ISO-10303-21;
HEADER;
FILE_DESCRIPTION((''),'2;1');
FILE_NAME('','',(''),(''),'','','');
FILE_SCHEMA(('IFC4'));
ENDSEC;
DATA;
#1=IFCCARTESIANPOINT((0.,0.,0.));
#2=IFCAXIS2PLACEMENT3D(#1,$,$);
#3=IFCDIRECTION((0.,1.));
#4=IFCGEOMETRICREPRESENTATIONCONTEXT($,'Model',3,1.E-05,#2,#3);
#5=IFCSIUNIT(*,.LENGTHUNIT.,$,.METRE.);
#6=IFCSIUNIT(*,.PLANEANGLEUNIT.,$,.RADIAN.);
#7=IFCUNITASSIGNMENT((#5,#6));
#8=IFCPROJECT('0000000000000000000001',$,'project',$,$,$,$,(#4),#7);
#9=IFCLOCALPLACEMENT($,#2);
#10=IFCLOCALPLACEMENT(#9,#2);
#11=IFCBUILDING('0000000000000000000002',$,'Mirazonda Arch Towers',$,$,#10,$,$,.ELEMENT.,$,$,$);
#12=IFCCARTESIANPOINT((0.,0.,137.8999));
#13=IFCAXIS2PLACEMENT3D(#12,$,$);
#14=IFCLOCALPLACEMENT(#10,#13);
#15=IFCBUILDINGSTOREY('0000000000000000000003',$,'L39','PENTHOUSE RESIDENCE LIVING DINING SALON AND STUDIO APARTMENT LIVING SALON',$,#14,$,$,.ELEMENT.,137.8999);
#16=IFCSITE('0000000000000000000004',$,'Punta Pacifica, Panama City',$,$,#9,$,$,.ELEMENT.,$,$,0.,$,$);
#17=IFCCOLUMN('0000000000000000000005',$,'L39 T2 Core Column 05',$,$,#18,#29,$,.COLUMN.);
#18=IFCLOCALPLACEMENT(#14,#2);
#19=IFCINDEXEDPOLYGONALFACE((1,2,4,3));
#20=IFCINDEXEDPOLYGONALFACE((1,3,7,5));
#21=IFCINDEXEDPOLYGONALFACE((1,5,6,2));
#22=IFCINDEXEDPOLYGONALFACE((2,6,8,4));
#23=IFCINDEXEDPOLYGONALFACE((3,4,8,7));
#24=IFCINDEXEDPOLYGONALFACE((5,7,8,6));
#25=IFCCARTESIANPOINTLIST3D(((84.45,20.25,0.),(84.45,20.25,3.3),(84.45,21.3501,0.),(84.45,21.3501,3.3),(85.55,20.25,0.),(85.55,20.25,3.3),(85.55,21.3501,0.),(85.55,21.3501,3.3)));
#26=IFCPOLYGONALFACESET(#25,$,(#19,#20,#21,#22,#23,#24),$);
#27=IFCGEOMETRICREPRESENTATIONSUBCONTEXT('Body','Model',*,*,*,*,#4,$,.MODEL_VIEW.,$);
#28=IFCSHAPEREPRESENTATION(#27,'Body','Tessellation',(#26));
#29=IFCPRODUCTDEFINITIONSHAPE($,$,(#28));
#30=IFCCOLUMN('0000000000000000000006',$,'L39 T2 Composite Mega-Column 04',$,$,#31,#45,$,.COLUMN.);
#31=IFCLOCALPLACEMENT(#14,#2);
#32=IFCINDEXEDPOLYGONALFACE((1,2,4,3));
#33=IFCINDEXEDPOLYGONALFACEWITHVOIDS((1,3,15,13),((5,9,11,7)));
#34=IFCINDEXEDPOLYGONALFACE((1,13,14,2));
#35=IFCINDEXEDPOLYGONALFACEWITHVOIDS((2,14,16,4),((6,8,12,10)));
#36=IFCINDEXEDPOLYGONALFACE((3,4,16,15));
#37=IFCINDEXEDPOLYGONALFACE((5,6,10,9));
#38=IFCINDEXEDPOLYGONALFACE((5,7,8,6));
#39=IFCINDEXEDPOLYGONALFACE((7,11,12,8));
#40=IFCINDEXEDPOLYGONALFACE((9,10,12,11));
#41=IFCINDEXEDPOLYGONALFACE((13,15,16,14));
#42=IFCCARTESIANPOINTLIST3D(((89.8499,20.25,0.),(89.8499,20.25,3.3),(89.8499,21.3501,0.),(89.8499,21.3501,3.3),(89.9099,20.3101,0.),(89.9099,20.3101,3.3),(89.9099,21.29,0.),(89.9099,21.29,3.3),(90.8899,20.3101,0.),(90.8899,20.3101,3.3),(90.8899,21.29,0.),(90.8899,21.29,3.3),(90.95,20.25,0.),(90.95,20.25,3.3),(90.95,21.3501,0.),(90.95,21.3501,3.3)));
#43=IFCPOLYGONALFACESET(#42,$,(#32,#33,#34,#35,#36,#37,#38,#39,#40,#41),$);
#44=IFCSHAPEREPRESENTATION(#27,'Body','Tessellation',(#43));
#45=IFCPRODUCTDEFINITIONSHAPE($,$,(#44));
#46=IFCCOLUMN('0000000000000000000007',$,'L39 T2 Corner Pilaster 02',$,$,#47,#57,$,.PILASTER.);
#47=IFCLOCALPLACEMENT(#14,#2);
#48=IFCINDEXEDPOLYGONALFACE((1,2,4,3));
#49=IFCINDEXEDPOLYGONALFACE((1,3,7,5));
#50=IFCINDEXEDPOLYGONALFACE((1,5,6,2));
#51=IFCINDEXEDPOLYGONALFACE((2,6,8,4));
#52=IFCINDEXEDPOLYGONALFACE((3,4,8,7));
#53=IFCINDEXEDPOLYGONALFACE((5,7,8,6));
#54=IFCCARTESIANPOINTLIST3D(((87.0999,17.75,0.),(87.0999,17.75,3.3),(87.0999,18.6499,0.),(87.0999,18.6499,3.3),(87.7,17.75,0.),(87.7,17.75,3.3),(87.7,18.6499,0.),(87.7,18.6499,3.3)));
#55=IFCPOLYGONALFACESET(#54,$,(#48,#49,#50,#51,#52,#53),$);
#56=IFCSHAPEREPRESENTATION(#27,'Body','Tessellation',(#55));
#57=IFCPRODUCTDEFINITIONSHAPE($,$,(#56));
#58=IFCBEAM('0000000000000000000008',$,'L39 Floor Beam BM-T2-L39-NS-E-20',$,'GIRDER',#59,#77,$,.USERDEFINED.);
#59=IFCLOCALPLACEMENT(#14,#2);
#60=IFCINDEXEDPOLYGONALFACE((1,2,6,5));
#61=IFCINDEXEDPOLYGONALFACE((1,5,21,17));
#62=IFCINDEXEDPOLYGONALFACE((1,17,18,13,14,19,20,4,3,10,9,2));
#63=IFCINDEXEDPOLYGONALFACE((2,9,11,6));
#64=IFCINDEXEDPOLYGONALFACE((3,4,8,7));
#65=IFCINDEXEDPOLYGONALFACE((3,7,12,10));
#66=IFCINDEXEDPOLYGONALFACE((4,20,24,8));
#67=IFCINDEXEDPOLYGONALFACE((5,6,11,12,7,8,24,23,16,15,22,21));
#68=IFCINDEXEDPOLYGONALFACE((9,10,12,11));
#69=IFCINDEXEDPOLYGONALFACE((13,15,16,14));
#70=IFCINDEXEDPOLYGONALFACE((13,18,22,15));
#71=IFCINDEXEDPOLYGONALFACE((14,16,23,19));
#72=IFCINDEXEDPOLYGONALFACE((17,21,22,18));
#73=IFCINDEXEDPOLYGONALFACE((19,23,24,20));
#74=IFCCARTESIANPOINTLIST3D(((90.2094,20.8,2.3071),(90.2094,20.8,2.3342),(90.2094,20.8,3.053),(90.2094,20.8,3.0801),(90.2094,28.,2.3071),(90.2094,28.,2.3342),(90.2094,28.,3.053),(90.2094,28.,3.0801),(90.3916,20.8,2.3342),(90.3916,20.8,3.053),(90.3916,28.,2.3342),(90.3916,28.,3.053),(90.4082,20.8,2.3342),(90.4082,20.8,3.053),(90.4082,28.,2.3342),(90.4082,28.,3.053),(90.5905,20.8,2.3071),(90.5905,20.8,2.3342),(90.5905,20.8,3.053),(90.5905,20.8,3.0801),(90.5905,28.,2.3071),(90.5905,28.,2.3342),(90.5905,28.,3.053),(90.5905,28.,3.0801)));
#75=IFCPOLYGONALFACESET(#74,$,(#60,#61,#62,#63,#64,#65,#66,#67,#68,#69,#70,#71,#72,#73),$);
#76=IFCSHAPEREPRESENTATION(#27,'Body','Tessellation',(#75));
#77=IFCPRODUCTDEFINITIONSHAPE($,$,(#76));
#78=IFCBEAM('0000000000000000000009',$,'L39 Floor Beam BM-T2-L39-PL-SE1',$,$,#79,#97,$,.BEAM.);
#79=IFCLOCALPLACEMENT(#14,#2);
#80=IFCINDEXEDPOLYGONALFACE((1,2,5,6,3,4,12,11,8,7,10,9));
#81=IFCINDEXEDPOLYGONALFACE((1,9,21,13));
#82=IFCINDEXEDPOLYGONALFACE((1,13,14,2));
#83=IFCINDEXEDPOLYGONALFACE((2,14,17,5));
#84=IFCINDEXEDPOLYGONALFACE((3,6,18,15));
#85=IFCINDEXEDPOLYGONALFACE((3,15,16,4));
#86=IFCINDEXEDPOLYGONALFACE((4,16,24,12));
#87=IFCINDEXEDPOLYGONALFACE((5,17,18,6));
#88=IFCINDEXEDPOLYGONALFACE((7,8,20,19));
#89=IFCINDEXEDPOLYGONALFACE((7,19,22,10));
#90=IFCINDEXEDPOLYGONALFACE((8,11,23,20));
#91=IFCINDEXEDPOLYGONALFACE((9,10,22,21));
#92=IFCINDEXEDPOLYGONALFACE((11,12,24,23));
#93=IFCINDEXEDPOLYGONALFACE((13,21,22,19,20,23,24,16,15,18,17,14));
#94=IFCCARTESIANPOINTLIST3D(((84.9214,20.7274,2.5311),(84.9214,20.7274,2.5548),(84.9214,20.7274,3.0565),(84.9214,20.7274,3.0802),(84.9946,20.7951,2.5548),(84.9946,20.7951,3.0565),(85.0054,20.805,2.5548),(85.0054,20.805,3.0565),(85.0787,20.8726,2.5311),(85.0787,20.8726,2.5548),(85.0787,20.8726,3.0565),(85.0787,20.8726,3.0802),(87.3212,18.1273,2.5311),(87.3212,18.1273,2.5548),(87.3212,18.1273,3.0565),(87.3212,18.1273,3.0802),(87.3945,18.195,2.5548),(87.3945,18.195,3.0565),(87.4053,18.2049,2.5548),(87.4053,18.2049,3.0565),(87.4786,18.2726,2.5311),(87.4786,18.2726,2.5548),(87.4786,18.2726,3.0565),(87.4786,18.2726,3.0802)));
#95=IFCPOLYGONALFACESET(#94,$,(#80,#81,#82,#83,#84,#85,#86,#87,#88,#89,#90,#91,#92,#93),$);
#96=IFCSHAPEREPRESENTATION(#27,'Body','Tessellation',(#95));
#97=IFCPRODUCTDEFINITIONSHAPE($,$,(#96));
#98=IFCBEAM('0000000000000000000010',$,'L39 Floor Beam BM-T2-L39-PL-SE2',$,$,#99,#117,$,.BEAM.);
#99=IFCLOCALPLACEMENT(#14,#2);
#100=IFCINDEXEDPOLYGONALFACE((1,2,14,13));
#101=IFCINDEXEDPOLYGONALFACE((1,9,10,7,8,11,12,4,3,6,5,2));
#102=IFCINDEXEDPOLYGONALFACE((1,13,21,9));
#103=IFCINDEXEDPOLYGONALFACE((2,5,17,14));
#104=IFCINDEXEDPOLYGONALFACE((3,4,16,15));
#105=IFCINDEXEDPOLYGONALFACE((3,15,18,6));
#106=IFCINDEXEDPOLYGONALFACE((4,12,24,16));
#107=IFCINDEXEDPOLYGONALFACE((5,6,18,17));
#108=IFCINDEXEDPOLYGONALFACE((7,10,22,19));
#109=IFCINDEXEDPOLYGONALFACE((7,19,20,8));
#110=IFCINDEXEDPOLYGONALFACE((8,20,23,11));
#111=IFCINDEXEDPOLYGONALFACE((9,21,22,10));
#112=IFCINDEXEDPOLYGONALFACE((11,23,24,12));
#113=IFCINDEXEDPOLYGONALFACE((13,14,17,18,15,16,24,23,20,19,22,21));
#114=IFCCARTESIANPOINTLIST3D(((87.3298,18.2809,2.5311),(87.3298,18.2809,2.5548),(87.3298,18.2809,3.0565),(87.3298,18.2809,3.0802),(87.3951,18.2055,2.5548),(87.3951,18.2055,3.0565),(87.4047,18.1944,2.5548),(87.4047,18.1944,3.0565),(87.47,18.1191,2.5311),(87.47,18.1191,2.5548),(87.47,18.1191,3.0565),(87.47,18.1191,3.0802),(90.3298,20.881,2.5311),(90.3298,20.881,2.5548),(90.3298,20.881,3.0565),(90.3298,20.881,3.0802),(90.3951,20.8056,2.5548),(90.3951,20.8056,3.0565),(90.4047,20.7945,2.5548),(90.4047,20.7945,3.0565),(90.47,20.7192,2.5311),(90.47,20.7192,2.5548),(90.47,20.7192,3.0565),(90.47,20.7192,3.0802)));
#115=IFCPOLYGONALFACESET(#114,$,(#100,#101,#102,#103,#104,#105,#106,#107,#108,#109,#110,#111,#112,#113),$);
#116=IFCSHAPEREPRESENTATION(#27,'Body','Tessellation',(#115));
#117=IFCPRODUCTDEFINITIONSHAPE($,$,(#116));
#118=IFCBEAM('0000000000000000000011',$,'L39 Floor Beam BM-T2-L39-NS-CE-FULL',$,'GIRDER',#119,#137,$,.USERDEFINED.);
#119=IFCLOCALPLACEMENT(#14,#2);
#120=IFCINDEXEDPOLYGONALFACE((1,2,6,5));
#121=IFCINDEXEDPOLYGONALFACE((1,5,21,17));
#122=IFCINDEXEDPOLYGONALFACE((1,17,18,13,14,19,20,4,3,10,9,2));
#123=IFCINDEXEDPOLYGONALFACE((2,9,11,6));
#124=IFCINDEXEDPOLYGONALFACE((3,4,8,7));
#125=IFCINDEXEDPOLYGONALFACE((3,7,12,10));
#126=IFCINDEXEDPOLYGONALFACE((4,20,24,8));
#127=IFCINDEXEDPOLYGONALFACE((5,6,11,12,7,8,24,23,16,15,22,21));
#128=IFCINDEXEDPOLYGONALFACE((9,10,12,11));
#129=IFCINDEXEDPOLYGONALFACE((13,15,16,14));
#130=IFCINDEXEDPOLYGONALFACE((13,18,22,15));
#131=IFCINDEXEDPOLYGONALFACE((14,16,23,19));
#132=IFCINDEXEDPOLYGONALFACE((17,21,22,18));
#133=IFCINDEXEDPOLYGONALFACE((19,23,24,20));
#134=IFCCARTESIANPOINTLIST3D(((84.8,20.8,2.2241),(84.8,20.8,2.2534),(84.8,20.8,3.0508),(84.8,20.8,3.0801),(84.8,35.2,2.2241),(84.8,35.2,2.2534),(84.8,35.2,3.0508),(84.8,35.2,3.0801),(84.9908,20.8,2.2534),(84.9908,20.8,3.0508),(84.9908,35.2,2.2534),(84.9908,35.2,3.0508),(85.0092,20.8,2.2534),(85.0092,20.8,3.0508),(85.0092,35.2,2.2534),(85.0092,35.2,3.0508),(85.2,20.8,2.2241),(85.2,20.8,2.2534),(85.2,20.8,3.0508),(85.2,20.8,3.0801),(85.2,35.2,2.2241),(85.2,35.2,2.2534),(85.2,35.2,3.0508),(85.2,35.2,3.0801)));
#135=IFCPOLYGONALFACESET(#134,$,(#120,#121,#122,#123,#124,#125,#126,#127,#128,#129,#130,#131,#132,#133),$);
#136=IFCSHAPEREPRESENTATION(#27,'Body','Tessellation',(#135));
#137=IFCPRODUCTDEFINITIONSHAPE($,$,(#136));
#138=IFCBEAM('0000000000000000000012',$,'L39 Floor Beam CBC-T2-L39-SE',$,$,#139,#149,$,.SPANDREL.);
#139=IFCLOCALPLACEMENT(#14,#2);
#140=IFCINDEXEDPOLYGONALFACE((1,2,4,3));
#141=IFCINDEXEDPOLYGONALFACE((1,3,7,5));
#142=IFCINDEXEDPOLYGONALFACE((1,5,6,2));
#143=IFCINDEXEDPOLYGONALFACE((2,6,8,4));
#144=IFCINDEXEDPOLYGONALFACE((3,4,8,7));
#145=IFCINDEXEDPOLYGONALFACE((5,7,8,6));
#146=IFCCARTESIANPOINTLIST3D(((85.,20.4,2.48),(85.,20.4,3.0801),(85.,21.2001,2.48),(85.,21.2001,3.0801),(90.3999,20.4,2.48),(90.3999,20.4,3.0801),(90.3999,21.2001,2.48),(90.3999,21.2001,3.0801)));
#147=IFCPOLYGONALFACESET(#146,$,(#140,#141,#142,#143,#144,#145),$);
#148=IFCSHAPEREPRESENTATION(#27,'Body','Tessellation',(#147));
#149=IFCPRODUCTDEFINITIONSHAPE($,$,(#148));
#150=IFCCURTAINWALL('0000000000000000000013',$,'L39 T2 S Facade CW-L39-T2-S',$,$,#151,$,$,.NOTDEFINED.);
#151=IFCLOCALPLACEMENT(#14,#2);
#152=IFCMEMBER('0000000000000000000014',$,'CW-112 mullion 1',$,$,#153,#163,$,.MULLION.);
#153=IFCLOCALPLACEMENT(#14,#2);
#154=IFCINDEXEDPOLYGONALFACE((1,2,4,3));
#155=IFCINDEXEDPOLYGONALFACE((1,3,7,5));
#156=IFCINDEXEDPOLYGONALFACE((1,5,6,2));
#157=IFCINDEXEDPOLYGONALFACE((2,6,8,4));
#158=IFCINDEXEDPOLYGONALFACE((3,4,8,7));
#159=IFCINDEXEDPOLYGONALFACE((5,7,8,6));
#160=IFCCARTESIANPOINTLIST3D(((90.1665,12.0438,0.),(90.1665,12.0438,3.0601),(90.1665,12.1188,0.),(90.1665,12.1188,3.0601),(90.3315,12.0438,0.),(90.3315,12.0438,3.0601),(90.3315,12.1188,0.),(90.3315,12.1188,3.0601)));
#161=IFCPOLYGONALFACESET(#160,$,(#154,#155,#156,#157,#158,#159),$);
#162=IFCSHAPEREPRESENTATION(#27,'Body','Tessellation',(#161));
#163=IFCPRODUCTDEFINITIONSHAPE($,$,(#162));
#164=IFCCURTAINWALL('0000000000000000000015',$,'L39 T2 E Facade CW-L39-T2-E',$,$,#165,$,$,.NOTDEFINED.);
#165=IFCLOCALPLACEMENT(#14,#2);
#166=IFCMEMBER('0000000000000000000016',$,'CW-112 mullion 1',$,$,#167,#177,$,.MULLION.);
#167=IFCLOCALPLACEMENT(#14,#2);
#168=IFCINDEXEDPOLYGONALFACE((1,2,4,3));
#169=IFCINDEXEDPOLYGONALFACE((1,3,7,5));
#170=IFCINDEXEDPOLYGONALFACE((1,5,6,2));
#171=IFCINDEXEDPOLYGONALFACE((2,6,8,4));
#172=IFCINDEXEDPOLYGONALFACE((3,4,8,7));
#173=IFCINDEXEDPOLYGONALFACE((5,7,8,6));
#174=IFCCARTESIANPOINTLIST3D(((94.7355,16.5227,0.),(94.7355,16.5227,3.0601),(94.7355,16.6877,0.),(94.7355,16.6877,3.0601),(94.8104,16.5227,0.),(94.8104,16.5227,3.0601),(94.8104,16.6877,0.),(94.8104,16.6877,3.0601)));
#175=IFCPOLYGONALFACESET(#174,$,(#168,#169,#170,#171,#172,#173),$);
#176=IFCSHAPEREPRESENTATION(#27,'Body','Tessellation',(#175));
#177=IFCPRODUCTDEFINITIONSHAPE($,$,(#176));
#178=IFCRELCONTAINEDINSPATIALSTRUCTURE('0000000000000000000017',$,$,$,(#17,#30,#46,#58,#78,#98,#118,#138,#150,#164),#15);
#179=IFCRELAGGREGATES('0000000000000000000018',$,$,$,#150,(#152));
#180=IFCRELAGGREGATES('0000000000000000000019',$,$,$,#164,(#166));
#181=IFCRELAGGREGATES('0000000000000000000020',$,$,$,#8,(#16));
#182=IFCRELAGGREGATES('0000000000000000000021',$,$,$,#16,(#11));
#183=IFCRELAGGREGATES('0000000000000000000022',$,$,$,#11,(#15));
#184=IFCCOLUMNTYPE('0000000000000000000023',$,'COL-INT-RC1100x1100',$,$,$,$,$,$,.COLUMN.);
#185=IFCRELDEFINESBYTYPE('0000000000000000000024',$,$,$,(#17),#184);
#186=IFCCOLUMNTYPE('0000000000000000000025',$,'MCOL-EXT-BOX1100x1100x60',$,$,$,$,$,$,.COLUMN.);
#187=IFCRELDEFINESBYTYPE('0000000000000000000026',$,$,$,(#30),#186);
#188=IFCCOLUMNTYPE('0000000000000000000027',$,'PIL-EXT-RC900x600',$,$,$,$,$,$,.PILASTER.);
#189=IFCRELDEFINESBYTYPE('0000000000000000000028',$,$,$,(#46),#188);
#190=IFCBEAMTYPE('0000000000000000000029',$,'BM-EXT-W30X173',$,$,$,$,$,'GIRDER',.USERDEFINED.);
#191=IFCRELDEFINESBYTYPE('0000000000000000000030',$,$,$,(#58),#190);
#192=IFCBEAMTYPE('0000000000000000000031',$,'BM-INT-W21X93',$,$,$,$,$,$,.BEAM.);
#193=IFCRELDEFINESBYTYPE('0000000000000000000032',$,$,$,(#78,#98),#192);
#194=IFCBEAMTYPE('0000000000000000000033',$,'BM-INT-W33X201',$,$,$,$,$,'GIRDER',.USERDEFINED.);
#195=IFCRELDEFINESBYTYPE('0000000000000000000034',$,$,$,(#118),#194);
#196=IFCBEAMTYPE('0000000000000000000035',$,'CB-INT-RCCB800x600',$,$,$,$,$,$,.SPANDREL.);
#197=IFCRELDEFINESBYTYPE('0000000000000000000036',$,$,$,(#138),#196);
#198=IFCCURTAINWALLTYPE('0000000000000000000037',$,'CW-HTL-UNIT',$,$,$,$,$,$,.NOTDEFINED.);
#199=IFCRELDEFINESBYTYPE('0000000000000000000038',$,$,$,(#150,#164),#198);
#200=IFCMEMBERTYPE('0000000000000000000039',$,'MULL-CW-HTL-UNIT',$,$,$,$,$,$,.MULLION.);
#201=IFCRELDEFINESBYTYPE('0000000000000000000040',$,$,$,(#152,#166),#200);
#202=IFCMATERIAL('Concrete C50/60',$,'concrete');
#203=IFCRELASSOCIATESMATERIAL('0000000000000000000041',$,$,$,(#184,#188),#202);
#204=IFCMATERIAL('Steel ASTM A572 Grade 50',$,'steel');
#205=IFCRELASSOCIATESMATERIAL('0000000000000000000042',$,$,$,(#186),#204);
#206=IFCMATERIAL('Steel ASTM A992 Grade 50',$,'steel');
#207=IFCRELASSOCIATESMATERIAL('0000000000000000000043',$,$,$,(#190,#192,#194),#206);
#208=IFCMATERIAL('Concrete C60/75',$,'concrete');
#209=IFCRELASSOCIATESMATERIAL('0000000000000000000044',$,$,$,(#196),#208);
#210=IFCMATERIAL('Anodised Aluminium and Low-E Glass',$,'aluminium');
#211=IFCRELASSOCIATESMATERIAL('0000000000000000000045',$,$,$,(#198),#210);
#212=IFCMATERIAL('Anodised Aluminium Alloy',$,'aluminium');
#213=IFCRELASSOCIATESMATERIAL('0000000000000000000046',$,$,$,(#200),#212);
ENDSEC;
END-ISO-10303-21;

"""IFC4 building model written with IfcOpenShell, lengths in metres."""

from ifc_helpers import new_model, si_unit, direction, frame, origin, origin_2d, place, context, subcontext, project, spatial, rectangle, hollow_rectangle, i_section, extrude, material, material_profile, profile_set, type_object, element, aggregate, save


model = new_model("IFC4")

# Units and contexts
model_context = context("Model", 3, precision=1e-05, world=origin(), true_north=direction((0.0, 1.0)))
body_context = subcontext(model_context, "Body", "Model", "MODEL_VIEW")
ifc_project = project(units=[si_unit("LENGTHUNIT", "METRE"), si_unit("PLANEANGLEUNIT", "RADIAN")], contexts=[model_context])

# Site, building, storey
site_placement = place(None, origin())
site = spatial("IfcSite", under=ifc_project, at=site_placement, Name="Punta Pacifica, Panama City", CompositionType="ELEMENT", RefElevation=0.0)
building_placement = place(site_placement, origin())
building = spatial("IfcBuilding", under=site, at=building_placement, Name="Mirazonda Arch Towers", CompositionType="ELEMENT")
storey_placement = place(building_placement, frame((0.0, 0.0, 137.8999)))
storey = spatial("IfcBuildingStorey", under=building, at=storey_placement, Name="L39", Description="PENTHOUSE RESIDENCE LIVING DINING SALON AND STUDIO APARTMENT LIVING SALON", CompositionType="ELEMENT", Elevation=137.8999)

# Columns
ifc_material_1 = material(Name="Concrete C50/60", Category="concrete")
ifc_material_profile_1 = material_profile(ifc_material_1, rectangle(XDim=1.1001, YDim=1.1001, at=origin_2d()), Name="RC1100x1100")
ifc_profile_set_1 = profile_set([ifc_material_profile_1], Name="Concrete C50/60")
column_type_1 = type_object("IfcColumnType", Name="COL-INT-RC1100x1100", PredefinedType="COLUMN", material=ifc_profile_set_1)
column_1_placement = place(storey_placement, frame((85.0, 20.8, 0.0), z_axis=(0.0, 0.0, 1.0), x_axis=(1.0, 0.0, 0.0)))
element("IfcColumn", 1, at=column_1_placement, inside=storey, type_object=column_type_1, Name="L39 T2 Core Column 05", PredefinedType="COLUMN", context=body_context, shape_type="SweptSolid", body=[
    extrude(rectangle(XDim=1.1001, YDim=1.1001, at=origin_2d()), origin(), (0.0, 0.0, 1.0), 3.3),
])
ifc_material_2 = material(Name="Steel ASTM A572 Grade 50", Category="steel")
ifc_material_profile_2 = material_profile(ifc_material_2, hollow_rectangle(XDim=1.1001, YDim=1.1001, WallThickness=0.0601, at=origin_2d()), Name="BOX1100x1100x60")
ifc_profile_set_2 = profile_set([ifc_material_profile_2], Name="Steel ASTM A572 Grade 50")
column_type_2 = type_object("IfcColumnType", Name="MCOL-EXT-BOX1100x1100x60", PredefinedType="COLUMN", material=ifc_profile_set_2)
column_2_placement = place(storey_placement, frame((90.3999, 20.8, 0.0), z_axis=(0.0, 0.0, 1.0), x_axis=(1.0, 0.0, 0.0)))
element("IfcColumn", 2, at=column_2_placement, inside=storey, type_object=column_type_2, Name="L39 T2 Composite Mega-Column 04", PredefinedType="COLUMN", context=body_context, shape_type="SweptSolid", body=[
    extrude(hollow_rectangle(XDim=1.1001, YDim=1.1001, WallThickness=0.0601, at=origin_2d()), origin(), (0.0, 0.0, 1.0), 3.3),
])
ifc_material_profile_3 = material_profile(ifc_material_1, rectangle(XDim=0.6001, YDim=0.8999, at=origin_2d()), Name="RC900x600")
ifc_profile_set_3 = profile_set([ifc_material_profile_3], Name="Concrete C50/60")
column_type_3 = type_object("IfcColumnType", Name="PIL-EXT-RC900x600", PredefinedType="PILASTER", material=ifc_profile_set_3)
column_3_placement = place(storey_placement, frame((87.3999, 18.2, 0.0), z_axis=(0.0, 0.0, 1.0), x_axis=(1.0, 0.0, 0.0)))
element("IfcColumn", 3, at=column_3_placement, inside=storey, type_object=column_type_3, Name="L39 T2 Corner Pilaster 02", PredefinedType="PILASTER", context=body_context, shape_type="SweptSolid", body=[
    extrude(rectangle(XDim=0.6001, YDim=0.8999, at=origin_2d()), origin(), (0.0, 0.0, 1.0), 3.3),
])

# Beams
ifc_material_3 = material(Name="Steel ASTM A992 Grade 50", Category="steel")
ifc_material_profile_4 = material_profile(ifc_material_3, i_section(OverallWidth=0.3811, OverallDepth=0.7729, WebThickness=0.0166, FlangeThickness=0.0271, at=origin_2d()), Name="W30X173")
ifc_profile_set_4 = profile_set([ifc_material_profile_4], Name="Steel ASTM A992 Grade 50")
beam_type_1 = type_object("IfcBeamType", Name="BM-EXT-W30X173", ElementType="GIRDER", PredefinedType="USERDEFINED", material=ifc_profile_set_4)
beam_1_placement = place(storey_placement, frame((90.3999, 20.8, 2.6936), z_axis=(0.0, 1.0, 0.0), x_axis=(-1.0, 0.0, 0.0)))
element("IfcBeam", 4, at=beam_1_placement, inside=storey, type_object=beam_type_1, Name="L39 Floor Beam BM-T2-L39-NS-E-20", ObjectType="GIRDER", PredefinedType="USERDEFINED", context=body_context, shape_type="SweptSolid", body=[
    extrude(i_section(OverallWidth=0.3811, OverallDepth=0.7729, WebThickness=0.0166, FlangeThickness=0.0271, at=origin_2d()), origin(), (0.0, 0.0, 1.0), 7.2),
])
ifc_material_profile_5 = material_profile(ifc_material_3, i_section(OverallWidth=0.2141, OverallDepth=0.5491, WebThickness=0.0146, FlangeThickness=0.0237, at=origin_2d()), Name="W21X93")
ifc_profile_set_5 = profile_set([ifc_material_profile_5], Name="Steel ASTM A992 Grade 50")
beam_type_2 = type_object("IfcBeamType", Name="BM-INT-W21X93", PredefinedType="BEAM", material=ifc_profile_set_5)
beam_2_placement = place(storey_placement, frame((87.3999, 18.2, 2.8057), z_axis=(-0.678251, 0.73483, 0.0), x_axis=(-0.73483, -0.678251, 0.0)))
element("IfcBeam", 5, at=beam_2_placement, inside=storey, type_object=beam_type_2, Name="L39 Floor Beam BM-T2-L39-PL-SE1", PredefinedType="BEAM", context=body_context, shape_type="SweptSolid", body=[
    extrude(i_section(OverallWidth=0.2141, OverallDepth=0.5491, WebThickness=0.0146, FlangeThickness=0.0237, at=origin_2d()), origin(), (0.0, 0.0, 1.0), 3.5383),
])
beam_3_placement = place(storey_placement, frame((87.3999, 18.2, 2.8057), z_axis=(0.755677, 0.654945, 0.0), x_axis=(-0.654945, 0.755677, 0.0)))
element("IfcBeam", 6, at=beam_3_placement, inside=storey, type_object=beam_type_2, Name="L39 Floor Beam BM-T2-L39-PL-SE2", PredefinedType="BEAM", context=body_context, shape_type="SweptSolid", body=[
    extrude(i_section(OverallWidth=0.2141, OverallDepth=0.5491, WebThickness=0.0146, FlangeThickness=0.0237, at=origin_2d()), origin(), (0.0, 0.0, 1.0), 3.97),
])
ifc_material_profile_6 = material_profile(ifc_material_3, i_section(OverallWidth=0.3999, OverallDepth=0.856, WebThickness=0.0183, FlangeThickness=0.0293, at=origin_2d()), Name="W33X201")
ifc_profile_set_6 = profile_set([ifc_material_profile_6], Name="Steel ASTM A992 Grade 50")
beam_type_3 = type_object("IfcBeamType", Name="BM-INT-W33X201", ElementType="GIRDER", PredefinedType="USERDEFINED", material=ifc_profile_set_6)
beam_4_placement = place(storey_placement, frame((85.0, 20.8, 2.6521), z_axis=(0.0, 1.0, 0.0), x_axis=(-1.0, 0.0, 0.0)))
element("IfcBeam", 7, at=beam_4_placement, inside=storey, type_object=beam_type_3, Name="L39 Floor Beam BM-T2-L39-NS-CE-FULL", ObjectType="GIRDER", PredefinedType="USERDEFINED", context=body_context, shape_type="SweptSolid", body=[
    extrude(i_section(OverallWidth=0.3999, OverallDepth=0.856, WebThickness=0.0183, FlangeThickness=0.0293, at=origin_2d()), origin(), (0.0, 0.0, 1.0), 14.3999),
])
ifc_material_4 = material(Name="Concrete C60/75", Category="concrete")
ifc_material_profile_7 = material_profile(ifc_material_4, rectangle(XDim=0.8, YDim=0.6001, at=origin_2d()), Name="RCCB800x600")
ifc_profile_set_7 = profile_set([ifc_material_profile_7], Name="Concrete C60/75")
beam_type_4 = type_object("IfcBeamType", Name="CB-INT-RCCB800x600", PredefinedType="SPANDREL", material=ifc_profile_set_7)
beam_5_placement = place(storey_placement, frame((85.0, 20.8, 2.78), z_axis=(1.0, 0.0, 0.0), x_axis=(0.0, 1.0, 0.0)))
element("IfcBeam", 8, at=beam_5_placement, inside=storey, type_object=beam_type_4, Name="L39 Floor Beam CBC-T2-L39-SE", PredefinedType="SPANDREL", context=body_context, shape_type="SweptSolid", body=[
    extrude(rectangle(XDim=0.8, YDim=0.6001, at=origin_2d()), origin(), (0.0, 0.0, 1.0), 5.3999),
])

# Curtain wall, member
ifc_material_5 = material(Name="Anodised Aluminium and Low-E Glass", Category="aluminium")
curtain_wall_type = type_object("IfcCurtainWallType", Name="CW-HTL-UNIT", PredefinedType="NOTDEFINED", material=ifc_material_5)
curtain_wall_1_placement = place(storey_placement, origin())
curtain_wall_1 = element("IfcCurtainWall", 9, at=curtain_wall_1_placement, inside=storey, type_object=curtain_wall_type, Name="L39 T2 S Facade CW-L39-T2-S", PredefinedType="NOTDEFINED")
ifc_material_6 = material(Name="Anodised Aluminium Alloy", Category="aluminium")
ifc_material_profile_8 = material_profile(ifc_material_6, rectangle(XDim=0.075, YDim=0.165, at=origin_2d()), Name="ALU-MULL-75x165")
ifc_profile_set_8 = profile_set([ifc_material_profile_8], Name="Anodised Aluminium Alloy")
member_type_1 = type_object("IfcMemberType", Name="MULL-CW-HTL-UNIT", PredefinedType="MULLION", material=ifc_profile_set_8)
member_1_placement = place(storey_placement, frame((90.249, 12.0813, 0.0), z_axis=(0.0, 0.0, 1.0), x_axis=(0.0, -1.0, 0.0)))
member_1 = element("IfcMember", 10, at=member_1_placement, type_object=member_type_1, Name="CW-112 mullion 1", PredefinedType="MULLION", context=body_context, shape_type="SweptSolid", body=[
    extrude(rectangle(XDim=0.075, YDim=0.165, at=origin_2d()), origin(), (0.0, 0.0, 1.0), 3.0601),
])

# Curtain wall, member
curtain_wall_2_placement = place(storey_placement, origin())
curtain_wall_2 = element("IfcCurtainWall", 11, at=curtain_wall_2_placement, inside=storey, type_object=curtain_wall_type, Name="L39 T2 E Facade CW-L39-T2-E", PredefinedType="NOTDEFINED")
member_2_placement = place(storey_placement, frame((94.7729, 16.6052, 0.0), z_axis=(0.0, 0.0, 1.0), x_axis=(-1.0, 0.0, 0.0)))
member_2 = element("IfcMember", 12, at=member_2_placement, type_object=member_type_1, Name="CW-112 mullion 1", PredefinedType="MULLION", context=body_context, shape_type="SweptSolid", body=[
    extrude(rectangle(XDim=0.075, YDim=0.165, at=origin_2d()), origin(), (0.0, 0.0, 1.0), 3.0601),
])

aggregate(curtain_wall_1, [member_1])
aggregate(curtain_wall_2, [member_2])

save(model, "model.ifc")
